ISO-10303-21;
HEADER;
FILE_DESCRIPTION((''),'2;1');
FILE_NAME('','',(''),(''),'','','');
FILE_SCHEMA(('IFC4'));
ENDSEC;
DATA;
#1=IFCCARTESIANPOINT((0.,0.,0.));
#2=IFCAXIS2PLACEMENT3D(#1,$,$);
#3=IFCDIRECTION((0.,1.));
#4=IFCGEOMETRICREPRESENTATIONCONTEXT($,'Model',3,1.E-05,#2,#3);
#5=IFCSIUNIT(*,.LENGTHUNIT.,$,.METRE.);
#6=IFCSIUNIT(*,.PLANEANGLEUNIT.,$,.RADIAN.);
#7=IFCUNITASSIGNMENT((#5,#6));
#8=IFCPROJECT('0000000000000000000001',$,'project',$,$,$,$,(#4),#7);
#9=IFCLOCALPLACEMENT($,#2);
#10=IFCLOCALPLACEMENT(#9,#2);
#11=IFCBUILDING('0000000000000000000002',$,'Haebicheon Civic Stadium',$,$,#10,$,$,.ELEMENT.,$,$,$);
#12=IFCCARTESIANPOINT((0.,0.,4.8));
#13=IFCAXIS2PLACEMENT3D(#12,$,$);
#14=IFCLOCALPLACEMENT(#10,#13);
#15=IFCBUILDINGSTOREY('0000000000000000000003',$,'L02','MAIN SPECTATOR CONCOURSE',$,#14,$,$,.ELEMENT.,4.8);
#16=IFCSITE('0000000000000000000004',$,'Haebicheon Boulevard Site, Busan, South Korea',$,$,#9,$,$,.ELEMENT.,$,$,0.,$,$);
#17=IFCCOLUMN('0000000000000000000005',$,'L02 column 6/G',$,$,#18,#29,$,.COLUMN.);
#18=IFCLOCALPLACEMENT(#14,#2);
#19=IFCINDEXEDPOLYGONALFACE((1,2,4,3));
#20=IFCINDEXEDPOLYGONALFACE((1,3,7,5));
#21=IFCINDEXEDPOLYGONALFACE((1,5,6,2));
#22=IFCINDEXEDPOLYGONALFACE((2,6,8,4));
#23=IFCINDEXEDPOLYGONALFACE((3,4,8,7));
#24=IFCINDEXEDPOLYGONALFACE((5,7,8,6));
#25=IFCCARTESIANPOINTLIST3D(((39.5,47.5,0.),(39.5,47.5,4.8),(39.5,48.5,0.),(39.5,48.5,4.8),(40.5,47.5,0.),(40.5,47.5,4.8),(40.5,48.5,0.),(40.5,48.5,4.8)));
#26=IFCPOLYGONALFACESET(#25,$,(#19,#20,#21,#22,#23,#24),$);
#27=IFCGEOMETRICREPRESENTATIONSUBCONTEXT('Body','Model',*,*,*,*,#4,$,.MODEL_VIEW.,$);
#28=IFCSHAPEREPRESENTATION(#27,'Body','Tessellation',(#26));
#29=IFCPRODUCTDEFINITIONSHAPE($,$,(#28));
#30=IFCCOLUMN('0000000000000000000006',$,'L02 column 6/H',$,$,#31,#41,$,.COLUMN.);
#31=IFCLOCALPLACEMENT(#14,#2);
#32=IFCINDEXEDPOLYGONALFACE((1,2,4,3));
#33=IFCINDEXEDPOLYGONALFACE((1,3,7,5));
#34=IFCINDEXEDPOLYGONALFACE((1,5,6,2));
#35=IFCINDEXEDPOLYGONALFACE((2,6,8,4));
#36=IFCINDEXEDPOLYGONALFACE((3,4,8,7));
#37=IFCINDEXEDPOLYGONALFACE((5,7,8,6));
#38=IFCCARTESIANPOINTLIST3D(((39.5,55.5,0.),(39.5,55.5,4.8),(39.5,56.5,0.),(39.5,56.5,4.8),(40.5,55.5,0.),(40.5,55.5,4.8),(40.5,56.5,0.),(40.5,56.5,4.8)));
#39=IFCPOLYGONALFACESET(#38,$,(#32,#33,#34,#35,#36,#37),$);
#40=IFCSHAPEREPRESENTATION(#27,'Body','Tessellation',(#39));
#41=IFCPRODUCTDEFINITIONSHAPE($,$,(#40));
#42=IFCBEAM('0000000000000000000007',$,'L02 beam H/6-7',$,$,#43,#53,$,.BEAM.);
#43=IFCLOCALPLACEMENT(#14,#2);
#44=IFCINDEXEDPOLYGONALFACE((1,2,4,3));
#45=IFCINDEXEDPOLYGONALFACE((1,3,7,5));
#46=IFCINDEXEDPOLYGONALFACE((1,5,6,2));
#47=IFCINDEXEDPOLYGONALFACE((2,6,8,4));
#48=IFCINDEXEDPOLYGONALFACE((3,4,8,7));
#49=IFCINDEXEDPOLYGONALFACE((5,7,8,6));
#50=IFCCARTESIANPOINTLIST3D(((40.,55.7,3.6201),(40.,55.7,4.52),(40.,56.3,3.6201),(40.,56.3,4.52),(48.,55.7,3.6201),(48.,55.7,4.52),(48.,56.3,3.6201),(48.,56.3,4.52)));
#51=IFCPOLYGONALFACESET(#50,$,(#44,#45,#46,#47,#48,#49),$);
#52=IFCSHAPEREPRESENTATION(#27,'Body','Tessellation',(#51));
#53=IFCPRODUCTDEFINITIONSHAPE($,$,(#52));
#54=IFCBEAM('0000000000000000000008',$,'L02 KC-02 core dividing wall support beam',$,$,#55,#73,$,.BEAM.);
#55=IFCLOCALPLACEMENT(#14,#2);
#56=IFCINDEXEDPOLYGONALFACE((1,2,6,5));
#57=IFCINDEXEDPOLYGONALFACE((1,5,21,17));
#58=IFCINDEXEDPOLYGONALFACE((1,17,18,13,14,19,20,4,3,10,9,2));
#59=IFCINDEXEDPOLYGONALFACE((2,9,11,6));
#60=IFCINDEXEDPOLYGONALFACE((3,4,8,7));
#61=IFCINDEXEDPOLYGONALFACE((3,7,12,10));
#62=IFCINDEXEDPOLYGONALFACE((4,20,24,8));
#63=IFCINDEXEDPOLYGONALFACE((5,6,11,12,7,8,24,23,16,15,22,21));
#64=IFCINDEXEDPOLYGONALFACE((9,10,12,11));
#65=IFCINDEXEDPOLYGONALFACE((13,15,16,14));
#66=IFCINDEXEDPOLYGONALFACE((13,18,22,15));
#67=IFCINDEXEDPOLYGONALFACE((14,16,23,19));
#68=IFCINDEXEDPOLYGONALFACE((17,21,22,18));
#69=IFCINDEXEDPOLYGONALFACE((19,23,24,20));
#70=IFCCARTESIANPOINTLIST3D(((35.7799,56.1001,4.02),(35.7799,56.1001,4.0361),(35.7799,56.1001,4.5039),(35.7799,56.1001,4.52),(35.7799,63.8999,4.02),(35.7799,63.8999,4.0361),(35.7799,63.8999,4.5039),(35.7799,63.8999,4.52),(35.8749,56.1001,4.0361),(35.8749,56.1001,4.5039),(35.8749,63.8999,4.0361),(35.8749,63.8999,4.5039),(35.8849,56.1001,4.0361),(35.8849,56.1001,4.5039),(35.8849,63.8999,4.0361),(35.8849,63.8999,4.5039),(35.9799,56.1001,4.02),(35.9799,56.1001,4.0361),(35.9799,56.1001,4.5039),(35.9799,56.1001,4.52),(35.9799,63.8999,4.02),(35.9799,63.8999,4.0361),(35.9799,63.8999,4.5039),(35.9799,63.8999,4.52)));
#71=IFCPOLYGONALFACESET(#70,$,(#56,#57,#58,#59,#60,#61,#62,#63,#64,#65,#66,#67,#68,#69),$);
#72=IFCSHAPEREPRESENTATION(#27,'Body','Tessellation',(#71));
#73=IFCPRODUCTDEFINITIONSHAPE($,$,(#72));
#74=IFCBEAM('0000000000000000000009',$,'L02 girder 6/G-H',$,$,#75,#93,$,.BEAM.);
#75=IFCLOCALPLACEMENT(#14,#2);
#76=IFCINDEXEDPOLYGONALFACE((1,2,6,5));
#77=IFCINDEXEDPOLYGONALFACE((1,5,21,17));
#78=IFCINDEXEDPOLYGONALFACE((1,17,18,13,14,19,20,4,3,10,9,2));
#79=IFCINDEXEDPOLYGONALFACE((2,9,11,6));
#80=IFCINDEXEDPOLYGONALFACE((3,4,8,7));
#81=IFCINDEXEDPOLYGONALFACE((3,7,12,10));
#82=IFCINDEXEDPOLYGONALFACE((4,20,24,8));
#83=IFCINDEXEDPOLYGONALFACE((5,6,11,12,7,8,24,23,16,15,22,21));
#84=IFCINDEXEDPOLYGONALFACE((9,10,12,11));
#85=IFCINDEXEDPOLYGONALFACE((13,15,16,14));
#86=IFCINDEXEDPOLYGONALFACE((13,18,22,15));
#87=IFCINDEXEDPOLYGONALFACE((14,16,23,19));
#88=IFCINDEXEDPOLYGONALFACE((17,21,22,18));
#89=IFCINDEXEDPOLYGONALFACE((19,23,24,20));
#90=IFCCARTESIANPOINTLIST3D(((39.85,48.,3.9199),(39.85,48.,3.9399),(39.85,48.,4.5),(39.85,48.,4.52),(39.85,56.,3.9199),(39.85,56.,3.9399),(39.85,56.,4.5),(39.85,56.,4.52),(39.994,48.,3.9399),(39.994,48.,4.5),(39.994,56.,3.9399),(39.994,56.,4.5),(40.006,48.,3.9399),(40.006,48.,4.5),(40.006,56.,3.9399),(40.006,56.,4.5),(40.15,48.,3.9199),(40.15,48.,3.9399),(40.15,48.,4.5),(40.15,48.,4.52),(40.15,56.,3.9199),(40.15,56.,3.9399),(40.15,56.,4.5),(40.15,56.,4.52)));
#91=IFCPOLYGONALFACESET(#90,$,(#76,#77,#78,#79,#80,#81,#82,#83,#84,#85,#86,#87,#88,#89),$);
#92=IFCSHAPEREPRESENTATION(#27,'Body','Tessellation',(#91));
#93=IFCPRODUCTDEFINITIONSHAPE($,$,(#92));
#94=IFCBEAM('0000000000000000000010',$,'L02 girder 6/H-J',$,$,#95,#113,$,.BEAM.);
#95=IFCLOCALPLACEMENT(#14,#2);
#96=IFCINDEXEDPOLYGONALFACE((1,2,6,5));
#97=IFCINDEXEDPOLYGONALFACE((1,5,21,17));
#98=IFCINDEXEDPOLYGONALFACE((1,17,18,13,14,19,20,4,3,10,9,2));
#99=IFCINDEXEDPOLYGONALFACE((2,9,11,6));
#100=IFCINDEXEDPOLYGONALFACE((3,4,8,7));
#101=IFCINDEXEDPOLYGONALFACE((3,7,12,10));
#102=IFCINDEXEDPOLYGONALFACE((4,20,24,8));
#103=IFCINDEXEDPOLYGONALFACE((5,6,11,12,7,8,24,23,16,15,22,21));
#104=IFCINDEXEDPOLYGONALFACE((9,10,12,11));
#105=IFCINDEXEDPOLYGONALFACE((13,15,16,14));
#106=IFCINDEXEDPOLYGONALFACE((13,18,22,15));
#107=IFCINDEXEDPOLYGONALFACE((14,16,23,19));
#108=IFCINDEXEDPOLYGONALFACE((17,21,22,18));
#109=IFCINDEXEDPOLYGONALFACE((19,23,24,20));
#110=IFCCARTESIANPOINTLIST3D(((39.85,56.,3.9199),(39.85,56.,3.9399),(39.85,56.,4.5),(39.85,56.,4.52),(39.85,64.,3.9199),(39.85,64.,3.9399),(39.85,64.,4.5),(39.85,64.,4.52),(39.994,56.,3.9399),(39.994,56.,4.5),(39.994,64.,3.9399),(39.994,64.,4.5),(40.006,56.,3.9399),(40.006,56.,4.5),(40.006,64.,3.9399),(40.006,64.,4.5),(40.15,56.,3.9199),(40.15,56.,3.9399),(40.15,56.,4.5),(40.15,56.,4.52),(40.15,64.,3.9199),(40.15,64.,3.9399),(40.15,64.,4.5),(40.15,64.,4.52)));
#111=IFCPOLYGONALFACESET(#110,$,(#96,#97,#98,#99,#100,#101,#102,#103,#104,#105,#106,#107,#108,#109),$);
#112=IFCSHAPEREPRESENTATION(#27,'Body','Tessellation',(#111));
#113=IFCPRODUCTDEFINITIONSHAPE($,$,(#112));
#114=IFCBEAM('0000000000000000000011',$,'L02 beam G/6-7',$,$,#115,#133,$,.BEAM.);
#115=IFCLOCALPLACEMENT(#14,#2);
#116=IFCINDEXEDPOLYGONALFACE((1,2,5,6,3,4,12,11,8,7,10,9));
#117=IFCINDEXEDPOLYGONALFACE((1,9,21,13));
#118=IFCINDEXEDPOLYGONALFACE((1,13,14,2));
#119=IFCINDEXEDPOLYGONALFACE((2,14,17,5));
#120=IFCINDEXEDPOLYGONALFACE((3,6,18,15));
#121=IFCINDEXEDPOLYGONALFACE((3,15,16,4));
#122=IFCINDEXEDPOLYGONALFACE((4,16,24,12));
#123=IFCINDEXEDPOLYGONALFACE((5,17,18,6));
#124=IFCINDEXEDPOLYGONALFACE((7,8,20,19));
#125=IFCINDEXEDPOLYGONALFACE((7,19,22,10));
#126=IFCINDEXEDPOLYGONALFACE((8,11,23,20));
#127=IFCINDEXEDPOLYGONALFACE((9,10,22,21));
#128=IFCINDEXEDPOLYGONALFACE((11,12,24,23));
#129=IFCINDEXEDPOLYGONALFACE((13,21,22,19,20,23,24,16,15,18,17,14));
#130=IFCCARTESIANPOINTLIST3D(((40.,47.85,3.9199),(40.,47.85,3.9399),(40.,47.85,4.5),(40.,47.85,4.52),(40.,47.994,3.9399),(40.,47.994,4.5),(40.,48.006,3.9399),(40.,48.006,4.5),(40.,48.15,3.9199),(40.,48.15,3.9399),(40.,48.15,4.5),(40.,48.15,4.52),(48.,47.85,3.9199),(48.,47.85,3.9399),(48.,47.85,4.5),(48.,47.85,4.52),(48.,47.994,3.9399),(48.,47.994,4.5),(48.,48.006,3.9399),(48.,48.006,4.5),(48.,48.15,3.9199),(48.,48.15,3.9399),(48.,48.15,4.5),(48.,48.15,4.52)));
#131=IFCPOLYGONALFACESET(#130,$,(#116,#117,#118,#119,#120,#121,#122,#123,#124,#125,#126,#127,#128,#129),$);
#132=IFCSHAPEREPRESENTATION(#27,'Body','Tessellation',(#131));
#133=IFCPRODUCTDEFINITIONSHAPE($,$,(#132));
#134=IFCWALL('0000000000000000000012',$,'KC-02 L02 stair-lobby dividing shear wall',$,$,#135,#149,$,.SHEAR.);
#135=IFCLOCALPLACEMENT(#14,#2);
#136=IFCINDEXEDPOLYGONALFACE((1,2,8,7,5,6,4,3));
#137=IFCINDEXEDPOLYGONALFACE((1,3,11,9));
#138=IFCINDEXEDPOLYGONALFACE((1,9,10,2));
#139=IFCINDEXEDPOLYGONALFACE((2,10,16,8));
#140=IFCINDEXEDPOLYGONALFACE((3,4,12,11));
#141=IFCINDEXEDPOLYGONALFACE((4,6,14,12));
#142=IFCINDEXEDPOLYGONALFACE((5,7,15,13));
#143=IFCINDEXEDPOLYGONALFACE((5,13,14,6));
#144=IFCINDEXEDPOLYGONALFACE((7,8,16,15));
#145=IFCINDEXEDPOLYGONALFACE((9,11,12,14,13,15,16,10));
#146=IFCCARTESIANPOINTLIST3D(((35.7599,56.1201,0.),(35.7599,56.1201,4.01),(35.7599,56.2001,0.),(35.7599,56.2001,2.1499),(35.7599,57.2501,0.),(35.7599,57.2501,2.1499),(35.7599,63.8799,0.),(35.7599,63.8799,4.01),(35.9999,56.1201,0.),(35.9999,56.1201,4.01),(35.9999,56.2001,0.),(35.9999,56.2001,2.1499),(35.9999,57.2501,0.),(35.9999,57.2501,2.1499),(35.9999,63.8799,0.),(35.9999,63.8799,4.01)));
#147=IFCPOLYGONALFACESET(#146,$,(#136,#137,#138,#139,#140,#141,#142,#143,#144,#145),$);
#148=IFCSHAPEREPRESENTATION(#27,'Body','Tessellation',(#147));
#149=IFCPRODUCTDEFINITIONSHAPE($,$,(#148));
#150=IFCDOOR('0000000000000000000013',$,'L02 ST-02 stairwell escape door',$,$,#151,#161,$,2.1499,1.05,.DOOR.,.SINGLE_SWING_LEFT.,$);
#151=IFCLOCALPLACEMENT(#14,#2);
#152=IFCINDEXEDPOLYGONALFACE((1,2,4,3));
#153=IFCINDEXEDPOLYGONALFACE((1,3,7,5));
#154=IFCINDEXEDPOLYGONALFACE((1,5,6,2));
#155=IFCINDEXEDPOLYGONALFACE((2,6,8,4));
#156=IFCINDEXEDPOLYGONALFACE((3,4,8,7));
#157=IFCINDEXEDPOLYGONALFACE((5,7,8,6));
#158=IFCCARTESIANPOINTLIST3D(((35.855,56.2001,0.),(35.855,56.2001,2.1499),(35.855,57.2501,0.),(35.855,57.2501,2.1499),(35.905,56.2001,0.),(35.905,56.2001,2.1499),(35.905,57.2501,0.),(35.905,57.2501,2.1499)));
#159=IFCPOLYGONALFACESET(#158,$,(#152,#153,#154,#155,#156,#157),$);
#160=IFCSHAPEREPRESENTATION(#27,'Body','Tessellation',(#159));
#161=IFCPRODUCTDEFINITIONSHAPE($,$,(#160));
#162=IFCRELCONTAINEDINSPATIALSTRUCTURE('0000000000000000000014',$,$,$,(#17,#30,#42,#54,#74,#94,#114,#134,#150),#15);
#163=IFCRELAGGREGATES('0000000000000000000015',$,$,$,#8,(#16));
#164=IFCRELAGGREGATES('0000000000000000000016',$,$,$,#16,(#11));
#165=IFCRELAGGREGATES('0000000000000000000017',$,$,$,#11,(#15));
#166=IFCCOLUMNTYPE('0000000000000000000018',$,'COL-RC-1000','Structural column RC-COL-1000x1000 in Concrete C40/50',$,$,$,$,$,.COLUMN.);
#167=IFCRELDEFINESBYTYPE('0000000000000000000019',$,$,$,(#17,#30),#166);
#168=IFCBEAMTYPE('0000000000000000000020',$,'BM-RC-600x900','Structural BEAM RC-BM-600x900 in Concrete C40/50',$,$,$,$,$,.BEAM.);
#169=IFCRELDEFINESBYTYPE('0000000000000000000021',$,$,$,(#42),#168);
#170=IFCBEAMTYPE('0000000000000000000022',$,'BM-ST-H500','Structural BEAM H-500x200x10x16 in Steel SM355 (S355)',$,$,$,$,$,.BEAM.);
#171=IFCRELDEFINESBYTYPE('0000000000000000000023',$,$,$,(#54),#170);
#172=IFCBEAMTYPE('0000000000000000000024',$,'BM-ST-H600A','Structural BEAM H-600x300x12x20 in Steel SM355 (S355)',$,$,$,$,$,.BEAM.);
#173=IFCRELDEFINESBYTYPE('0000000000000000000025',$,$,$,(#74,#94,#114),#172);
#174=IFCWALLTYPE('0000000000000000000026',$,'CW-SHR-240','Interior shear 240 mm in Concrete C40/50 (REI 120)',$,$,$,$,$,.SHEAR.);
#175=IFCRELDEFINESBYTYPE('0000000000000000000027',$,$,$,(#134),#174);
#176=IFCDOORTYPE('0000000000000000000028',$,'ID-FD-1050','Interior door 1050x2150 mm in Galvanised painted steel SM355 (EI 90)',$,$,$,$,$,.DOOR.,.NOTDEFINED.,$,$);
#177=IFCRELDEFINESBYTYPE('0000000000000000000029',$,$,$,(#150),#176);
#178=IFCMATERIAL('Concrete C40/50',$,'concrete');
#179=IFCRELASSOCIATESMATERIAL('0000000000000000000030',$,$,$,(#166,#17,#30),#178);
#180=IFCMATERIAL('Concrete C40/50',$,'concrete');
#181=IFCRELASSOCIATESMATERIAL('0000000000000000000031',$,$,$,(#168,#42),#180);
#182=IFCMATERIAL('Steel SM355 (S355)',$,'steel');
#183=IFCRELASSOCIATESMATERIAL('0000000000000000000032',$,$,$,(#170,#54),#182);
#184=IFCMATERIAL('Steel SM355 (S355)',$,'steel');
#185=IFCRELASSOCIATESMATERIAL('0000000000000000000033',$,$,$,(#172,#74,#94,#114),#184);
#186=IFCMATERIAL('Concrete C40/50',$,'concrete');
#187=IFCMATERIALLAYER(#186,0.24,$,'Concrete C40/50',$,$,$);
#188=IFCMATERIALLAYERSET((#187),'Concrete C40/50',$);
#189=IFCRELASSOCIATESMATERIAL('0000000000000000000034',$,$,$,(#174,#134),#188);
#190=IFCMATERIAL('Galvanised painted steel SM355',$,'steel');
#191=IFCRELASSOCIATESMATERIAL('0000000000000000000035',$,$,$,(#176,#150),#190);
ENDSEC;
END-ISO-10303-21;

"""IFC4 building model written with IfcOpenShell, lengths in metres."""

from ifc_helpers import new_model, si_unit, direction, frame, frame_2d, origin, origin_2d, place, context, subcontext, project, spatial, rectangle, i_section, extrude, material, layer, layer_set, material_profile, profile_set, type_object, element, fill, save


model = new_model("IFC4")

# Units and contexts
model_context = context("Model", 3, precision=1e-05, world=origin(), true_north=direction((0.0, 1.0)))
body_context = subcontext(model_context, "Body", "Model", "MODEL_VIEW")
ifc_project = project(units=[si_unit("LENGTHUNIT", "METRE"), si_unit("PLANEANGLEUNIT", "RADIAN")], contexts=[model_context])

# Site, building, storey
site_placement = place(None, origin())
site = spatial("IfcSite", under=ifc_project, at=site_placement, Name="Haebicheon Boulevard Site, Busan, South Korea", CompositionType="ELEMENT", RefElevation=0.0)
building_placement = place(site_placement, origin())
building = spatial("IfcBuilding", under=site, at=building_placement, Name="Haebicheon Civic Stadium", CompositionType="ELEMENT")
storey_placement = place(building_placement, frame((0.0, 0.0, 4.8)))
storey = spatial("IfcBuildingStorey", under=building, at=storey_placement, Name="L02", Description="MAIN SPECTATOR CONCOURSE", CompositionType="ELEMENT", Elevation=4.8)

# Columns
ifc_material_1 = material(Name="Concrete C40/50", Category="concrete")
ifc_material_profile_1 = material_profile(ifc_material_1, rectangle(XDim=1.0, YDim=1.0, at=origin_2d()), Name="RC-COL-1000x1000")
ifc_profile_set_1 = profile_set([ifc_material_profile_1], Name="Concrete C40/50")
column_type = type_object("IfcColumnType", Name="COL-RC-1000", Description="Structural column RC-COL-1000x1000 in Concrete C40/50", PredefinedType="COLUMN", material=ifc_profile_set_1)
for number, where, z_axis, x_axis, name in (
    (1, (40.0, 48.0, 0.0), (0.0, 0.0, 1.0), (1.0, 0.0, 0.0), "L02 column 6/G"),
    (2, (40.0, 56.0, 0.0), (0.0, 0.0, 1.0), (1.0, 0.0, 0.0), "L02 column 6/H"),
):
    element("IfcColumn", number, at=place(storey_placement, frame(where, z_axis=z_axis, x_axis=x_axis)), inside=storey, type_object=column_type, material=ifc_profile_set_1, Name=name, PredefinedType="COLUMN", context=body_context, shape_type="SweptSolid", body=[
        extrude(rectangle(XDim=1.0, YDim=1.0, at=origin_2d()), origin(), (0.0, 0.0, 1.0), 4.8),
    ])

# Beams
ifc_material_2 = material(Name="Concrete C40/50", Category="concrete")
ifc_material_profile_2 = material_profile(ifc_material_2, rectangle(XDim=0.6001, YDim=0.8999, at=origin_2d()), Name="RC-BM-600x900")
ifc_profile_set_2 = profile_set([ifc_material_profile_2], Name="Concrete C40/50")
beam_type_1 = type_object("IfcBeamType", Name="BM-RC-600x900", Description="Structural BEAM RC-BM-600x900 in Concrete C40/50", PredefinedType="BEAM", material=ifc_profile_set_2)
beam_1_placement = place(storey_placement, frame((40.0, 56.0, 4.0701), z_axis=(1.0, 0.0, 0.0), x_axis=(0.0, 1.0, 0.0)))
element("IfcBeam", 3, at=beam_1_placement, inside=storey, type_object=beam_type_1, material=ifc_profile_set_2, Name="L02 beam H/6-7", PredefinedType="BEAM", context=body_context, shape_type="SweptSolid", body=[
    extrude(rectangle(XDim=0.6001, YDim=0.8999, at=origin_2d()), origin(), (0.0, 0.0, 1.0), 8.0),
])
ifc_material_3 = material(Name="Steel SM355 (S355)", Category="steel")
ifc_material_profile_3 = material_profile(ifc_material_3, i_section(OverallWidth=0.2, OverallDepth=0.5, WebThickness=0.01, FlangeThickness=0.0161, at=origin_2d()), Name="H-500x200x10x16")
ifc_profile_set_3 = profile_set([ifc_material_profile_3], Name="Steel SM355 (S355)")
beam_type_2 = type_object("IfcBeamType", Name="BM-ST-H500", Description="Structural BEAM H-500x200x10x16 in Steel SM355 (S355)", PredefinedType="BEAM", material=ifc_profile_set_3)
beam_2_placement = place(storey_placement, frame((35.8799, 56.1001, 4.27), z_axis=(0.0, 1.0, 0.0), x_axis=(-1.0, 0.0, 0.0)))
element("IfcBeam", 4, at=beam_2_placement, inside=storey, type_object=beam_type_2, material=ifc_profile_set_3, Name="L02 KC-02 core dividing wall support beam", PredefinedType="BEAM", context=body_context, shape_type="SweptSolid", body=[
    extrude(i_section(OverallWidth=0.2, OverallDepth=0.5, WebThickness=0.01, FlangeThickness=0.0161, at=origin_2d()), origin(), (0.0, 0.0, 1.0), 7.7998),
])
ifc_material_4 = material(Name="Steel SM355 (S355)", Category="steel")
ifc_material_profile_4 = material_profile(ifc_material_4, i_section(OverallWidth=0.3, OverallDepth=0.6001, WebThickness=0.012, FlangeThickness=0.02, at=origin_2d()), Name="H-600x300x12x20")
ifc_profile_set_4 = profile_set([ifc_material_profile_4], Name="Steel SM355 (S355)")
beam_type_3 = type_object("IfcBeamType", Name="BM-ST-H600A", Description="Structural BEAM H-600x300x12x20 in Steel SM355 (S355)", PredefinedType="BEAM", material=ifc_profile_set_4)
for number, where, z_axis, x_axis, name in (
    (5, (40.0, 48.0, 4.22), (0.0, 1.0, 0.0), (-1.0, 0.0, 0.0), "L02 girder 6/G-H"),
    (6, (40.0, 56.0, 4.22), (0.0, 1.0, 0.0), (-1.0, 0.0, 0.0), "L02 girder 6/H-J"),
    (7, (40.0, 48.0, 4.22), (1.0, 0.0, 0.0), (0.0, 1.0, 0.0), "L02 beam G/6-7"),
):
    element("IfcBeam", number, at=place(storey_placement, frame(where, z_axis=z_axis, x_axis=x_axis)), inside=storey, type_object=beam_type_3, material=ifc_profile_set_4, Name=name, PredefinedType="BEAM", context=body_context, shape_type="SweptSolid", body=[
        extrude(i_section(OverallWidth=0.3, OverallDepth=0.6001, WebThickness=0.012, FlangeThickness=0.02, at=origin_2d()), origin(), (0.0, 0.0, 1.0), 8.0),
    ])

# Wall, opening, door
ifc_material_5 = material(Name="Concrete C40/50", Category="concrete")
ifc_layer = layer(ifc_material_5, 0.24, Name="Concrete C40/50")
ifc_layer_set = layer_set([ifc_layer], Name="Concrete C40/50")
wall_type = type_object("IfcWallType", Name="CW-SHR-240", Description="Interior shear 240 mm in Concrete C40/50 (REI 120)", PredefinedType="SHEAR", material=ifc_layer_set)
wall_1_placement = place(storey_placement, frame((35.8799, 56.1201, 0.0), z_axis=(0.0, 0.0, 1.0), x_axis=(0.0, 1.0, 0.0)))
wall_1 = element("IfcWall", 8, at=wall_1_placement, inside=storey, type_object=wall_type, material=ifc_layer_set, Name="KC-02 L02 stair-lobby dividing shear wall", PredefinedType="SHEAR", context=body_context, shape_type="SweptSolid", body=[
    extrude(rectangle(XDim=7.7598, YDim=0.24, at=frame_2d((3.8799, 0.0))), origin(), (0.0, 0.0, 1.0), 4.01),
])
opening_1_placement = place(wall_1_placement, frame((0.0801, 0.0, 0.0)))
opening_1 = element("IfcOpeningElement", 9, at=opening_1_placement, cuts=wall_1, PredefinedType="OPENING", context=body_context, shape_type="SweptSolid", body=[
    extrude(rectangle(XDim=1.05, YDim=2.1499, at=frame_2d((0.5249, 1.075))), frame((0.0, 0.1299, 0.0), z_axis=(0.0, -1.0, 0.0), x_axis=(1.0, 0.0, 0.0)), (0.0, 0.0, 1.0), 0.26),
])
ifc_material_6 = material(Name="Galvanised painted steel SM355", Category="steel")
door_type_1 = type_object("IfcDoorType", Name="ID-FD-1050", Description="Interior door 1050x2150 mm in Galvanised painted steel SM355 (EI 90)", OperationType="NOTDEFINED", PredefinedType="DOOR", material=ifc_material_6)
door_1_placement = place(opening_1_placement, origin())
door_1 = element("IfcDoor", 10, at=door_1_placement, inside=storey, type_object=door_type_1, material=ifc_material_6, Name="L02 ST-02 stairwell escape door", OperationType="SINGLE_SWING_LEFT", OverallHeight=2.1499, OverallWidth=1.05, PredefinedType="DOOR", context=body_context, shape_type="SweptSolid", body=[
    extrude(rectangle(XDim=1.05, YDim=2.1499, at=frame_2d((0.5249, 1.075))), frame((0.0, 0.0249, 0.0), z_axis=(0.0, -1.0, 0.0), x_axis=(1.0, 0.0, 0.0)), (0.0, 0.0, 1.0), 0.05),
])
fill(opening_1, door_1)

save(model, "model.ifc")
